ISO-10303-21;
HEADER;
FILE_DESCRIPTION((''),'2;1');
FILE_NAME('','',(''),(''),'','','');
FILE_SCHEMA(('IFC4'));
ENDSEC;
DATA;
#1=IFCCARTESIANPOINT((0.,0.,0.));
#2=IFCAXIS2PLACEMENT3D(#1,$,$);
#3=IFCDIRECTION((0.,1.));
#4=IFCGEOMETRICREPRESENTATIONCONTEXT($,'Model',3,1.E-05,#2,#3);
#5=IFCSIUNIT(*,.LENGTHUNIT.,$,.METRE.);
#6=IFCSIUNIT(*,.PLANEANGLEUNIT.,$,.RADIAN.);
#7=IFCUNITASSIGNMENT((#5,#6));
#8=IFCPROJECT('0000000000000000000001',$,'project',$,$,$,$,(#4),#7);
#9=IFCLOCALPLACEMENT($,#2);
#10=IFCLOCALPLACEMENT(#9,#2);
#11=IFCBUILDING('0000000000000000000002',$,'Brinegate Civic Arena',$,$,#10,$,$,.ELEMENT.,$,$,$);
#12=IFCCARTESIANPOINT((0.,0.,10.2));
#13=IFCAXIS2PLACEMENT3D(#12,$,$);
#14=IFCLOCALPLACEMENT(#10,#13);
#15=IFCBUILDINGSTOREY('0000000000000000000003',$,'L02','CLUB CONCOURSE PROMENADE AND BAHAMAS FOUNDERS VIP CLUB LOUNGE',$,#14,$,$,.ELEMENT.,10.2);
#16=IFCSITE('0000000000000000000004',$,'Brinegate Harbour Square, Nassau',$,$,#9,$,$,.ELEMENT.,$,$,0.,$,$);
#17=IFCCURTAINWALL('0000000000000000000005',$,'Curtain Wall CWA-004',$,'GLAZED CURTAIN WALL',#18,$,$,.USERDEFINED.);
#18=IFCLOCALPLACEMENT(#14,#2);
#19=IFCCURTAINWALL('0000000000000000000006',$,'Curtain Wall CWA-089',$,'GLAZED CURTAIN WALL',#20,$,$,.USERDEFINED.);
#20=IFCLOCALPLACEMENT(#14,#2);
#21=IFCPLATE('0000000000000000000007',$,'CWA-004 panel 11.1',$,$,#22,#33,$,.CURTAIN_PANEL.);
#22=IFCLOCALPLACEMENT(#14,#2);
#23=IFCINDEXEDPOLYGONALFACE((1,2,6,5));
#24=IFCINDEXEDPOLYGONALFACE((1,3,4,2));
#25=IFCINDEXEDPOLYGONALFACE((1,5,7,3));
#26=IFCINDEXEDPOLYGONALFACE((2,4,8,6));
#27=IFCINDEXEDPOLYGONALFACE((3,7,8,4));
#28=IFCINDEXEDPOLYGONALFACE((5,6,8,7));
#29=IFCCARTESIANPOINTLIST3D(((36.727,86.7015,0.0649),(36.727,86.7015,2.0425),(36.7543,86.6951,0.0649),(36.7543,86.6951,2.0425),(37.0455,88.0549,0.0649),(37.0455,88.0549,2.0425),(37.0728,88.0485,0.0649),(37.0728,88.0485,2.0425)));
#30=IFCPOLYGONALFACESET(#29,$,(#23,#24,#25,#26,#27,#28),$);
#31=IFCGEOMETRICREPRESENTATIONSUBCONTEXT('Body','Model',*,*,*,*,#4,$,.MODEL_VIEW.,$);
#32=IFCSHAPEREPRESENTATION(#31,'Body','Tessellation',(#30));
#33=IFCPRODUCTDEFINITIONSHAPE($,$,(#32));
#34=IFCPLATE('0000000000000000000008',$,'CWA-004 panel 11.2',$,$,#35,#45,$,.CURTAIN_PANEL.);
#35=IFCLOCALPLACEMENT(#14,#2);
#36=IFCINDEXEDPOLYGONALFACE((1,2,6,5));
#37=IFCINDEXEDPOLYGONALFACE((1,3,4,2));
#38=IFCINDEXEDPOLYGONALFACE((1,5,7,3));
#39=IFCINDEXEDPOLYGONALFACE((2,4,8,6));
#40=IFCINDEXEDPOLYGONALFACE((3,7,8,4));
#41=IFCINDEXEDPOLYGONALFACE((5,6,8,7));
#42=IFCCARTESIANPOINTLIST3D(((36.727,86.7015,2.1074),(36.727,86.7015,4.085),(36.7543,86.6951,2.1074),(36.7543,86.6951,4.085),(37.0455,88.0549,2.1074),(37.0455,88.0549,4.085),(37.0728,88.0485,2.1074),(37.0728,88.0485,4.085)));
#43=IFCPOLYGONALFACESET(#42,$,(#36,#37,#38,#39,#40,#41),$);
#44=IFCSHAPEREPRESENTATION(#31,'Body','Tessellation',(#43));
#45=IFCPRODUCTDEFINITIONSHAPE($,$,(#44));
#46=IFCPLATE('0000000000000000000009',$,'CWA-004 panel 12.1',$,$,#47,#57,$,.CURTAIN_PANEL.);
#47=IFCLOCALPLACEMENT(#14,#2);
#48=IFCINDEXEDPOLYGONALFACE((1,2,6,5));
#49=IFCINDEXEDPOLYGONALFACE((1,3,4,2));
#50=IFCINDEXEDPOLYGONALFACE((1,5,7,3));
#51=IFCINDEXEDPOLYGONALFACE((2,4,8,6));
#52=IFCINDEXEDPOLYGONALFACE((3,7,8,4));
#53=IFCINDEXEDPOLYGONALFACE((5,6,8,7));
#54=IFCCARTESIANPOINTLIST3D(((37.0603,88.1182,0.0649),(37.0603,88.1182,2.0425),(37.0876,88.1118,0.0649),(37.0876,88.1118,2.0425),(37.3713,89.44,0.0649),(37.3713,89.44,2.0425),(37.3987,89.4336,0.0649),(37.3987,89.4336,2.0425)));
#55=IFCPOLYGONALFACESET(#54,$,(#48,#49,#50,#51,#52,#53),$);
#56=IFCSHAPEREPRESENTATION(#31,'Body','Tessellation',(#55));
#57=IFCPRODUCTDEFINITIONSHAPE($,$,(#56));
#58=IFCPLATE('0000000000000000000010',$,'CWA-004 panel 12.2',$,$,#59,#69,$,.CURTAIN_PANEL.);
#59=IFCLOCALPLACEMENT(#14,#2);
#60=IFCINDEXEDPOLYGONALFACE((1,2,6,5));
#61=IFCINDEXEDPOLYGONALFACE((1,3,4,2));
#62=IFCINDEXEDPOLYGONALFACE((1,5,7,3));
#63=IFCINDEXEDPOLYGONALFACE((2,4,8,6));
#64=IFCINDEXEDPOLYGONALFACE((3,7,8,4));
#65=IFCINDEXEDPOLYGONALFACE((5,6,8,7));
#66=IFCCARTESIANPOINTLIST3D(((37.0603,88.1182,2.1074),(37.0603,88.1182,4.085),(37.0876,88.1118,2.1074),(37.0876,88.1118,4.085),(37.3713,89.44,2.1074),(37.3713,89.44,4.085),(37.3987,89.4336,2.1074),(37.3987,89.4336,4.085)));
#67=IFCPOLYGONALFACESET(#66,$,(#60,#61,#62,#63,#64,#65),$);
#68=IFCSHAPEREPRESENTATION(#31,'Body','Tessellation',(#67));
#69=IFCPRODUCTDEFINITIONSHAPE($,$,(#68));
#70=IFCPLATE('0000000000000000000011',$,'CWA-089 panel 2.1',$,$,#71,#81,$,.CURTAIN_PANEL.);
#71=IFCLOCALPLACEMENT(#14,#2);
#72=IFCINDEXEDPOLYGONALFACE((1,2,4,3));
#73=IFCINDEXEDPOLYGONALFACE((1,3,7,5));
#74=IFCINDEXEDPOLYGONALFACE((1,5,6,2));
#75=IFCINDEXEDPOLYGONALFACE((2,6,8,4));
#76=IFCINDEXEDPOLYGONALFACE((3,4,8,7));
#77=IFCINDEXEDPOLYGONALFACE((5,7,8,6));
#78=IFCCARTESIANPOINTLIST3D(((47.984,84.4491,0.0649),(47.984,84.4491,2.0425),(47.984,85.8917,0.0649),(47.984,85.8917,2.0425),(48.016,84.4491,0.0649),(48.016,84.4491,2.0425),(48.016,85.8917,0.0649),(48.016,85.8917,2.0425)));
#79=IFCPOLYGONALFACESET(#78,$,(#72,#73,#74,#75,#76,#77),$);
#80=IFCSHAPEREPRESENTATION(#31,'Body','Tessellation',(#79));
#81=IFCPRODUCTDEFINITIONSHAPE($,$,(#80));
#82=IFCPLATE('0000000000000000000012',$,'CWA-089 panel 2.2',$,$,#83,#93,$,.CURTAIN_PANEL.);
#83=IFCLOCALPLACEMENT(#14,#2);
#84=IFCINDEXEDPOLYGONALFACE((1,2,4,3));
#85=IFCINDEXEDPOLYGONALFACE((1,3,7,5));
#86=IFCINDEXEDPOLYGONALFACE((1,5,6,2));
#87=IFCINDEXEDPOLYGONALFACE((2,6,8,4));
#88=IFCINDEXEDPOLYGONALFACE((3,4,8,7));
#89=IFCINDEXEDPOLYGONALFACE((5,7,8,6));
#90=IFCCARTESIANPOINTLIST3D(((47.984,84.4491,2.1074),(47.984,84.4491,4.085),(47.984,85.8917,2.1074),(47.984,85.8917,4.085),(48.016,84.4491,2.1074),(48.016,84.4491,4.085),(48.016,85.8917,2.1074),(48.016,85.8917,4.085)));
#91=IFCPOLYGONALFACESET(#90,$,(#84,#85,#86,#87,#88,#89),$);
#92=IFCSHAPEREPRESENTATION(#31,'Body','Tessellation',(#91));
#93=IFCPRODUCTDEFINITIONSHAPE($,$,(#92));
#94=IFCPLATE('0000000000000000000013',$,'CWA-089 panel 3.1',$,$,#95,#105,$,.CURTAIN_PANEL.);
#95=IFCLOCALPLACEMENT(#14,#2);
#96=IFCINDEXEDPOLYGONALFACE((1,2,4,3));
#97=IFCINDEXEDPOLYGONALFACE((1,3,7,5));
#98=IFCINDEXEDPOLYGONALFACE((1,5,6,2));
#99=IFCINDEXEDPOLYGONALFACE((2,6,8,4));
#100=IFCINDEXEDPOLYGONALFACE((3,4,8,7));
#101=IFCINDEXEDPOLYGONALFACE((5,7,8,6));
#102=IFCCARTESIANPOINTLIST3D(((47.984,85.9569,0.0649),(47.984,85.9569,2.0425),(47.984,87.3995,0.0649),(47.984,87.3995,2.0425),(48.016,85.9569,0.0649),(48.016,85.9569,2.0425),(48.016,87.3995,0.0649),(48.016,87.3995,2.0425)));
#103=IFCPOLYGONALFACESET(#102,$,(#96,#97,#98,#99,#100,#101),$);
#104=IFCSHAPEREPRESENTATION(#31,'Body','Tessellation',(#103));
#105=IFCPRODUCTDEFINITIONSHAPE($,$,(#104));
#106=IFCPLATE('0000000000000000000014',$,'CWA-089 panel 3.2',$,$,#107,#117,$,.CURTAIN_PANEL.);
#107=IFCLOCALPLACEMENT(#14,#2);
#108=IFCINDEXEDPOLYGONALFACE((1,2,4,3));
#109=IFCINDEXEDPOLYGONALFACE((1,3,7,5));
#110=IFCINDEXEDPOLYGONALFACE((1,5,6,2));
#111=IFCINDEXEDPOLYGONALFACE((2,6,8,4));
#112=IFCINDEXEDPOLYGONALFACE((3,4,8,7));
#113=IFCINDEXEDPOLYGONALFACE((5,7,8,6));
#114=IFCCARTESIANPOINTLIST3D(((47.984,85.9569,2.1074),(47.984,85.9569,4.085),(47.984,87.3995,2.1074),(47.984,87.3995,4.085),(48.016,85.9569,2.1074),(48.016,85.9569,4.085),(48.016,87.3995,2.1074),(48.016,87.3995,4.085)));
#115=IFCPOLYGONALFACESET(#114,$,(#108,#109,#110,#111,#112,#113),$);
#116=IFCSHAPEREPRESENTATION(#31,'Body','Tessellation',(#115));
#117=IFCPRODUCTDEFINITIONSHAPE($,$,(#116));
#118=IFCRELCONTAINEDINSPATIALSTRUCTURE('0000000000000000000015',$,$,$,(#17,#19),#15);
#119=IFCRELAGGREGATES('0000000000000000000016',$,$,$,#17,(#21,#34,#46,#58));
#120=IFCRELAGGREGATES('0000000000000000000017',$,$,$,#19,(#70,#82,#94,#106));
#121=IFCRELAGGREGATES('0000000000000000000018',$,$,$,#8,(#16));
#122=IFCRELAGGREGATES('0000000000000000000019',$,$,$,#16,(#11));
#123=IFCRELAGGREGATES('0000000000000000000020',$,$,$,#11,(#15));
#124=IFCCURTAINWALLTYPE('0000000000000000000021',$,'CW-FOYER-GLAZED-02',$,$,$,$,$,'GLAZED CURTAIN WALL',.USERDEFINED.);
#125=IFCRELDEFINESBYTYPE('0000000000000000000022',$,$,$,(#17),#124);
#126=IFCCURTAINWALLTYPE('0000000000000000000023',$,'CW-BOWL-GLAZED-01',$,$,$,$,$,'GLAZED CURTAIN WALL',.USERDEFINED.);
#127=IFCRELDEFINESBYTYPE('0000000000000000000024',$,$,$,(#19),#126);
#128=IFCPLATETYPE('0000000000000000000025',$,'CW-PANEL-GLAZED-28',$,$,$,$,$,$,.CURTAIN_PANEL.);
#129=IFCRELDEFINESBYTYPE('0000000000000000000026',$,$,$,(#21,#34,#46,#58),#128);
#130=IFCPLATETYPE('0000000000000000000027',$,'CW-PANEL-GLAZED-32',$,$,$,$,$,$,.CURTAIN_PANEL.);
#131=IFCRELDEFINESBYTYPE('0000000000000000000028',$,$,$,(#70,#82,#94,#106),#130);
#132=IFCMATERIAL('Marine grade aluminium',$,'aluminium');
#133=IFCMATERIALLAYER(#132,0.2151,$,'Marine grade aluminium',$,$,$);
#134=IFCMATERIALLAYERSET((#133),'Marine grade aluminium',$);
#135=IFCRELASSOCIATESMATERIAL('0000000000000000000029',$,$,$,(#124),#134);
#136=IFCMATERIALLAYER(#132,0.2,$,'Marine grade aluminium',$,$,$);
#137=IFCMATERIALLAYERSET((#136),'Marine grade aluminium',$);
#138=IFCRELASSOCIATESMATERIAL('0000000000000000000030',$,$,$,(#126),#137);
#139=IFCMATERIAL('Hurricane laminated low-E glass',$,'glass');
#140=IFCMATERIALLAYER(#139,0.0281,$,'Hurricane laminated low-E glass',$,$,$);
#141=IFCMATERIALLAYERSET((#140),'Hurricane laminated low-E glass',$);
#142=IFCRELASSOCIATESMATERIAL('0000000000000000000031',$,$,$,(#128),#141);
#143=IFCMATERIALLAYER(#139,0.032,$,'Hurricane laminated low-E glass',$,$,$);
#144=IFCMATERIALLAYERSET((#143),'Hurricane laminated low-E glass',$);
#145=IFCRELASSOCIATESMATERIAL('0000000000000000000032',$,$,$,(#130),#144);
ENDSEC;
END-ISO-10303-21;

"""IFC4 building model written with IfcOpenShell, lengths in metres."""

from ifc_helpers import new_model, si_unit, direction, frame, origin, origin_2d, place, context, subcontext, project, spatial, rectangle, extrude, material, layer, layer_set, type_object, element, aggregate, save


model = new_model("IFC4")

# Units and contexts
model_context = context("Model", 3, precision=1e-05, world=origin(), true_north=direction((0.0, 1.0)))
body_context = subcontext(model_context, "Body", "Model", "MODEL_VIEW")
ifc_project = project(units=[si_unit("LENGTHUNIT", "METRE"), si_unit("PLANEANGLEUNIT", "RADIAN")], contexts=[model_context])

# Site, building, storey
site_placement = place(None, origin())
site = spatial("IfcSite", under=ifc_project, at=site_placement, Name="Brinegate Harbour Square, Nassau", CompositionType="ELEMENT", RefElevation=0.0)
building_placement = place(site_placement, origin())
building = spatial("IfcBuilding", under=site, at=building_placement, Name="Brinegate Civic Arena", CompositionType="ELEMENT")
storey_placement = place(building_placement, frame((0.0, 0.0, 10.2)))
storey = spatial("IfcBuildingStorey", under=building, at=storey_placement, Name="L02", Description="CLUB CONCOURSE PROMENADE AND BAHAMAS FOUNDERS VIP CLUB LOUNGE", CompositionType="ELEMENT", Elevation=10.2)

# Curtain walls
ifc_material_1 = material(Name="Marine grade aluminium", Category="aluminium")
ifc_layer_1 = layer(ifc_material_1, 0.2151, Name="Marine grade aluminium")
ifc_layer_set_1 = layer_set([ifc_layer_1], Name="Marine grade aluminium")
curtain_wall_type_1 = type_object("IfcCurtainWallType", Name="CW-FOYER-GLAZED-02", ElementType="GLAZED CURTAIN WALL", PredefinedType="USERDEFINED", material=ifc_layer_set_1)
curtain_wall_1_placement = place(storey_placement, origin())
curtain_wall_1 = element("IfcCurtainWall", 1, at=curtain_wall_1_placement, inside=storey, type_object=curtain_wall_type_1, Name="Curtain Wall CWA-004", ObjectType="GLAZED CURTAIN WALL", PredefinedType="USERDEFINED")
ifc_layer_2 = layer(ifc_material_1, 0.2, Name="Marine grade aluminium")
ifc_layer_set_2 = layer_set([ifc_layer_2], Name="Marine grade aluminium")
curtain_wall_type_2 = type_object("IfcCurtainWallType", Name="CW-BOWL-GLAZED-01", ElementType="GLAZED CURTAIN WALL", PredefinedType="USERDEFINED", material=ifc_layer_set_2)
curtain_wall_2_placement = place(storey_placement, origin())
curtain_wall_2 = element("IfcCurtainWall", 2, at=curtain_wall_2_placement, inside=storey, type_object=curtain_wall_type_2, Name="Curtain Wall CWA-089", ObjectType="GLAZED CURTAIN WALL", PredefinedType="USERDEFINED")

# Plates
ifc_material_2 = material(Name="Hurricane laminated low-E glass", Category="glass")
ifc_layer_3 = layer(ifc_material_2, 0.0281, Name="Hurricane laminated low-E glass")
ifc_layer_set_3 = layer_set([ifc_layer_3], Name="Hurricane laminated low-E glass")
plate_type_1 = type_object("IfcPlateType", Name="CW-PANEL-GLAZED-28", PredefinedType="CURTAIN_PANEL", material=ifc_layer_set_3)
plate_1_placement = place(storey_placement, frame((36.8999, 87.375, 0.0649), z_axis=(0.0, 0.0, 1.0), x_axis=(0.229039, 0.973417, 0.0)))
plate_1 = element("IfcPlate", 3, at=plate_1_placement, type_object=plate_type_1, Name="CWA-004 panel 11.1", PredefinedType="CURTAIN_PANEL", context=body_context, shape_type="SweptSolid", body=[
    extrude(rectangle(XDim=1.3904, YDim=0.0281, at=origin_2d()), origin(), (0.0, 0.0, 1.0), 1.9775),
])
plate_2_placement = place(storey_placement, frame((36.8999, 87.375, 2.1074), z_axis=(0.0, 0.0, 1.0), x_axis=(0.229039, 0.973417, 0.0)))
plate_2 = element("IfcPlate", 4, at=plate_2_placement, type_object=plate_type_1, Name="CWA-004 panel 11.2", PredefinedType="CURTAIN_PANEL", context=body_context, shape_type="SweptSolid", body=[
    extrude(rectangle(XDim=1.3904, YDim=0.0281, at=origin_2d()), origin(), (0.0, 0.0, 1.0), 1.9775),
])
plate_3_placement = place(storey_placement, frame((37.2295, 88.7759, 0.0649), z_axis=(0.0, 0.0, 1.0), x_axis=(0.229039, 0.973417, 0.0)))
plate_3 = element("IfcPlate", 5, at=plate_3_placement, type_object=plate_type_1, Name="CWA-004 panel 12.1", PredefinedType="CURTAIN_PANEL", context=body_context, shape_type="SweptSolid", body=[
    extrude(rectangle(XDim=1.3579, YDim=0.0281, at=origin_2d()), origin(), (0.0, 0.0, 1.0), 1.9775),
])
plate_4_placement = place(storey_placement, frame((37.2295, 88.7759, 2.1074), z_axis=(0.0, 0.0, 1.0), x_axis=(0.229039, 0.973417, 0.0)))
plate_4 = element("IfcPlate", 6, at=plate_4_placement, type_object=plate_type_1, Name="CWA-004 panel 12.2", PredefinedType="CURTAIN_PANEL", context=body_context, shape_type="SweptSolid", body=[
    extrude(rectangle(XDim=1.3579, YDim=0.0281, at=origin_2d()), origin(), (0.0, 0.0, 1.0), 1.9775),
])
aggregate(curtain_wall_1, [plate_1, plate_2, plate_3, plate_4])
ifc_layer_4 = layer(ifc_material_2, 0.032, Name="Hurricane laminated low-E glass")
ifc_layer_set_4 = layer_set([ifc_layer_4], Name="Hurricane laminated low-E glass")
plate_type_2 = type_object("IfcPlateType", Name="CW-PANEL-GLAZED-32", PredefinedType="CURTAIN_PANEL", material=ifc_layer_set_4)
plate_5_placement = place(storey_placement, frame((48.0, 85.1704, 0.0649), z_axis=(0.0, 0.0, 1.0), x_axis=(0.0, 1.0, 0.0)))
plate_5 = element("IfcPlate", 7, at=plate_5_placement, type_object=plate_type_2, Name="CWA-089 panel 2.1", PredefinedType="CURTAIN_PANEL", context=body_context, shape_type="SweptSolid", body=[
    extrude(rectangle(XDim=1.4426, YDim=0.032, at=origin_2d()), origin(), (0.0, 0.0, 1.0), 1.9775),
])
plate_6_placement = place(storey_placement, frame((48.0, 85.1704, 2.1074), z_axis=(0.0, 0.0, 1.0), x_axis=(0.0, 1.0, 0.0)))
plate_6 = element("IfcPlate", 8, at=plate_6_placement, type_object=plate_type_2, Name="CWA-089 panel 2.2", PredefinedType="CURTAIN_PANEL", context=body_context, shape_type="SweptSolid", body=[
    extrude(rectangle(XDim=1.4426, YDim=0.032, at=origin_2d()), origin(), (0.0, 0.0, 1.0), 1.9775),
])
plate_7_placement = place(storey_placement, frame((48.0, 86.6782, 0.0649), z_axis=(0.0, 0.0, 1.0), x_axis=(0.0, 1.0, 0.0)))
plate_7 = element("IfcPlate", 9, at=plate_7_placement, type_object=plate_type_2, Name="CWA-089 panel 3.1", PredefinedType="CURTAIN_PANEL", context=body_context, shape_type="SweptSolid", body=[
    extrude(rectangle(XDim=1.4426, YDim=0.032, at=origin_2d()), origin(), (0.0, 0.0, 1.0), 1.9775),
])
plate_8_placement = place(storey_placement, frame((48.0, 86.6782, 2.1074), z_axis=(0.0, 0.0, 1.0), x_axis=(0.0, 1.0, 0.0)))
plate_8 = element("IfcPlate", 10, at=plate_8_placement, type_object=plate_type_2, Name="CWA-089 panel 3.2", PredefinedType="CURTAIN_PANEL", context=body_context, shape_type="SweptSolid", body=[
    extrude(rectangle(XDim=1.4426, YDim=0.032, at=origin_2d()), origin(), (0.0, 0.0, 1.0), 1.9775),
])
aggregate(curtain_wall_2, [plate_5, plate_6, plate_7, plate_8])

save(model, "model.ifc")
